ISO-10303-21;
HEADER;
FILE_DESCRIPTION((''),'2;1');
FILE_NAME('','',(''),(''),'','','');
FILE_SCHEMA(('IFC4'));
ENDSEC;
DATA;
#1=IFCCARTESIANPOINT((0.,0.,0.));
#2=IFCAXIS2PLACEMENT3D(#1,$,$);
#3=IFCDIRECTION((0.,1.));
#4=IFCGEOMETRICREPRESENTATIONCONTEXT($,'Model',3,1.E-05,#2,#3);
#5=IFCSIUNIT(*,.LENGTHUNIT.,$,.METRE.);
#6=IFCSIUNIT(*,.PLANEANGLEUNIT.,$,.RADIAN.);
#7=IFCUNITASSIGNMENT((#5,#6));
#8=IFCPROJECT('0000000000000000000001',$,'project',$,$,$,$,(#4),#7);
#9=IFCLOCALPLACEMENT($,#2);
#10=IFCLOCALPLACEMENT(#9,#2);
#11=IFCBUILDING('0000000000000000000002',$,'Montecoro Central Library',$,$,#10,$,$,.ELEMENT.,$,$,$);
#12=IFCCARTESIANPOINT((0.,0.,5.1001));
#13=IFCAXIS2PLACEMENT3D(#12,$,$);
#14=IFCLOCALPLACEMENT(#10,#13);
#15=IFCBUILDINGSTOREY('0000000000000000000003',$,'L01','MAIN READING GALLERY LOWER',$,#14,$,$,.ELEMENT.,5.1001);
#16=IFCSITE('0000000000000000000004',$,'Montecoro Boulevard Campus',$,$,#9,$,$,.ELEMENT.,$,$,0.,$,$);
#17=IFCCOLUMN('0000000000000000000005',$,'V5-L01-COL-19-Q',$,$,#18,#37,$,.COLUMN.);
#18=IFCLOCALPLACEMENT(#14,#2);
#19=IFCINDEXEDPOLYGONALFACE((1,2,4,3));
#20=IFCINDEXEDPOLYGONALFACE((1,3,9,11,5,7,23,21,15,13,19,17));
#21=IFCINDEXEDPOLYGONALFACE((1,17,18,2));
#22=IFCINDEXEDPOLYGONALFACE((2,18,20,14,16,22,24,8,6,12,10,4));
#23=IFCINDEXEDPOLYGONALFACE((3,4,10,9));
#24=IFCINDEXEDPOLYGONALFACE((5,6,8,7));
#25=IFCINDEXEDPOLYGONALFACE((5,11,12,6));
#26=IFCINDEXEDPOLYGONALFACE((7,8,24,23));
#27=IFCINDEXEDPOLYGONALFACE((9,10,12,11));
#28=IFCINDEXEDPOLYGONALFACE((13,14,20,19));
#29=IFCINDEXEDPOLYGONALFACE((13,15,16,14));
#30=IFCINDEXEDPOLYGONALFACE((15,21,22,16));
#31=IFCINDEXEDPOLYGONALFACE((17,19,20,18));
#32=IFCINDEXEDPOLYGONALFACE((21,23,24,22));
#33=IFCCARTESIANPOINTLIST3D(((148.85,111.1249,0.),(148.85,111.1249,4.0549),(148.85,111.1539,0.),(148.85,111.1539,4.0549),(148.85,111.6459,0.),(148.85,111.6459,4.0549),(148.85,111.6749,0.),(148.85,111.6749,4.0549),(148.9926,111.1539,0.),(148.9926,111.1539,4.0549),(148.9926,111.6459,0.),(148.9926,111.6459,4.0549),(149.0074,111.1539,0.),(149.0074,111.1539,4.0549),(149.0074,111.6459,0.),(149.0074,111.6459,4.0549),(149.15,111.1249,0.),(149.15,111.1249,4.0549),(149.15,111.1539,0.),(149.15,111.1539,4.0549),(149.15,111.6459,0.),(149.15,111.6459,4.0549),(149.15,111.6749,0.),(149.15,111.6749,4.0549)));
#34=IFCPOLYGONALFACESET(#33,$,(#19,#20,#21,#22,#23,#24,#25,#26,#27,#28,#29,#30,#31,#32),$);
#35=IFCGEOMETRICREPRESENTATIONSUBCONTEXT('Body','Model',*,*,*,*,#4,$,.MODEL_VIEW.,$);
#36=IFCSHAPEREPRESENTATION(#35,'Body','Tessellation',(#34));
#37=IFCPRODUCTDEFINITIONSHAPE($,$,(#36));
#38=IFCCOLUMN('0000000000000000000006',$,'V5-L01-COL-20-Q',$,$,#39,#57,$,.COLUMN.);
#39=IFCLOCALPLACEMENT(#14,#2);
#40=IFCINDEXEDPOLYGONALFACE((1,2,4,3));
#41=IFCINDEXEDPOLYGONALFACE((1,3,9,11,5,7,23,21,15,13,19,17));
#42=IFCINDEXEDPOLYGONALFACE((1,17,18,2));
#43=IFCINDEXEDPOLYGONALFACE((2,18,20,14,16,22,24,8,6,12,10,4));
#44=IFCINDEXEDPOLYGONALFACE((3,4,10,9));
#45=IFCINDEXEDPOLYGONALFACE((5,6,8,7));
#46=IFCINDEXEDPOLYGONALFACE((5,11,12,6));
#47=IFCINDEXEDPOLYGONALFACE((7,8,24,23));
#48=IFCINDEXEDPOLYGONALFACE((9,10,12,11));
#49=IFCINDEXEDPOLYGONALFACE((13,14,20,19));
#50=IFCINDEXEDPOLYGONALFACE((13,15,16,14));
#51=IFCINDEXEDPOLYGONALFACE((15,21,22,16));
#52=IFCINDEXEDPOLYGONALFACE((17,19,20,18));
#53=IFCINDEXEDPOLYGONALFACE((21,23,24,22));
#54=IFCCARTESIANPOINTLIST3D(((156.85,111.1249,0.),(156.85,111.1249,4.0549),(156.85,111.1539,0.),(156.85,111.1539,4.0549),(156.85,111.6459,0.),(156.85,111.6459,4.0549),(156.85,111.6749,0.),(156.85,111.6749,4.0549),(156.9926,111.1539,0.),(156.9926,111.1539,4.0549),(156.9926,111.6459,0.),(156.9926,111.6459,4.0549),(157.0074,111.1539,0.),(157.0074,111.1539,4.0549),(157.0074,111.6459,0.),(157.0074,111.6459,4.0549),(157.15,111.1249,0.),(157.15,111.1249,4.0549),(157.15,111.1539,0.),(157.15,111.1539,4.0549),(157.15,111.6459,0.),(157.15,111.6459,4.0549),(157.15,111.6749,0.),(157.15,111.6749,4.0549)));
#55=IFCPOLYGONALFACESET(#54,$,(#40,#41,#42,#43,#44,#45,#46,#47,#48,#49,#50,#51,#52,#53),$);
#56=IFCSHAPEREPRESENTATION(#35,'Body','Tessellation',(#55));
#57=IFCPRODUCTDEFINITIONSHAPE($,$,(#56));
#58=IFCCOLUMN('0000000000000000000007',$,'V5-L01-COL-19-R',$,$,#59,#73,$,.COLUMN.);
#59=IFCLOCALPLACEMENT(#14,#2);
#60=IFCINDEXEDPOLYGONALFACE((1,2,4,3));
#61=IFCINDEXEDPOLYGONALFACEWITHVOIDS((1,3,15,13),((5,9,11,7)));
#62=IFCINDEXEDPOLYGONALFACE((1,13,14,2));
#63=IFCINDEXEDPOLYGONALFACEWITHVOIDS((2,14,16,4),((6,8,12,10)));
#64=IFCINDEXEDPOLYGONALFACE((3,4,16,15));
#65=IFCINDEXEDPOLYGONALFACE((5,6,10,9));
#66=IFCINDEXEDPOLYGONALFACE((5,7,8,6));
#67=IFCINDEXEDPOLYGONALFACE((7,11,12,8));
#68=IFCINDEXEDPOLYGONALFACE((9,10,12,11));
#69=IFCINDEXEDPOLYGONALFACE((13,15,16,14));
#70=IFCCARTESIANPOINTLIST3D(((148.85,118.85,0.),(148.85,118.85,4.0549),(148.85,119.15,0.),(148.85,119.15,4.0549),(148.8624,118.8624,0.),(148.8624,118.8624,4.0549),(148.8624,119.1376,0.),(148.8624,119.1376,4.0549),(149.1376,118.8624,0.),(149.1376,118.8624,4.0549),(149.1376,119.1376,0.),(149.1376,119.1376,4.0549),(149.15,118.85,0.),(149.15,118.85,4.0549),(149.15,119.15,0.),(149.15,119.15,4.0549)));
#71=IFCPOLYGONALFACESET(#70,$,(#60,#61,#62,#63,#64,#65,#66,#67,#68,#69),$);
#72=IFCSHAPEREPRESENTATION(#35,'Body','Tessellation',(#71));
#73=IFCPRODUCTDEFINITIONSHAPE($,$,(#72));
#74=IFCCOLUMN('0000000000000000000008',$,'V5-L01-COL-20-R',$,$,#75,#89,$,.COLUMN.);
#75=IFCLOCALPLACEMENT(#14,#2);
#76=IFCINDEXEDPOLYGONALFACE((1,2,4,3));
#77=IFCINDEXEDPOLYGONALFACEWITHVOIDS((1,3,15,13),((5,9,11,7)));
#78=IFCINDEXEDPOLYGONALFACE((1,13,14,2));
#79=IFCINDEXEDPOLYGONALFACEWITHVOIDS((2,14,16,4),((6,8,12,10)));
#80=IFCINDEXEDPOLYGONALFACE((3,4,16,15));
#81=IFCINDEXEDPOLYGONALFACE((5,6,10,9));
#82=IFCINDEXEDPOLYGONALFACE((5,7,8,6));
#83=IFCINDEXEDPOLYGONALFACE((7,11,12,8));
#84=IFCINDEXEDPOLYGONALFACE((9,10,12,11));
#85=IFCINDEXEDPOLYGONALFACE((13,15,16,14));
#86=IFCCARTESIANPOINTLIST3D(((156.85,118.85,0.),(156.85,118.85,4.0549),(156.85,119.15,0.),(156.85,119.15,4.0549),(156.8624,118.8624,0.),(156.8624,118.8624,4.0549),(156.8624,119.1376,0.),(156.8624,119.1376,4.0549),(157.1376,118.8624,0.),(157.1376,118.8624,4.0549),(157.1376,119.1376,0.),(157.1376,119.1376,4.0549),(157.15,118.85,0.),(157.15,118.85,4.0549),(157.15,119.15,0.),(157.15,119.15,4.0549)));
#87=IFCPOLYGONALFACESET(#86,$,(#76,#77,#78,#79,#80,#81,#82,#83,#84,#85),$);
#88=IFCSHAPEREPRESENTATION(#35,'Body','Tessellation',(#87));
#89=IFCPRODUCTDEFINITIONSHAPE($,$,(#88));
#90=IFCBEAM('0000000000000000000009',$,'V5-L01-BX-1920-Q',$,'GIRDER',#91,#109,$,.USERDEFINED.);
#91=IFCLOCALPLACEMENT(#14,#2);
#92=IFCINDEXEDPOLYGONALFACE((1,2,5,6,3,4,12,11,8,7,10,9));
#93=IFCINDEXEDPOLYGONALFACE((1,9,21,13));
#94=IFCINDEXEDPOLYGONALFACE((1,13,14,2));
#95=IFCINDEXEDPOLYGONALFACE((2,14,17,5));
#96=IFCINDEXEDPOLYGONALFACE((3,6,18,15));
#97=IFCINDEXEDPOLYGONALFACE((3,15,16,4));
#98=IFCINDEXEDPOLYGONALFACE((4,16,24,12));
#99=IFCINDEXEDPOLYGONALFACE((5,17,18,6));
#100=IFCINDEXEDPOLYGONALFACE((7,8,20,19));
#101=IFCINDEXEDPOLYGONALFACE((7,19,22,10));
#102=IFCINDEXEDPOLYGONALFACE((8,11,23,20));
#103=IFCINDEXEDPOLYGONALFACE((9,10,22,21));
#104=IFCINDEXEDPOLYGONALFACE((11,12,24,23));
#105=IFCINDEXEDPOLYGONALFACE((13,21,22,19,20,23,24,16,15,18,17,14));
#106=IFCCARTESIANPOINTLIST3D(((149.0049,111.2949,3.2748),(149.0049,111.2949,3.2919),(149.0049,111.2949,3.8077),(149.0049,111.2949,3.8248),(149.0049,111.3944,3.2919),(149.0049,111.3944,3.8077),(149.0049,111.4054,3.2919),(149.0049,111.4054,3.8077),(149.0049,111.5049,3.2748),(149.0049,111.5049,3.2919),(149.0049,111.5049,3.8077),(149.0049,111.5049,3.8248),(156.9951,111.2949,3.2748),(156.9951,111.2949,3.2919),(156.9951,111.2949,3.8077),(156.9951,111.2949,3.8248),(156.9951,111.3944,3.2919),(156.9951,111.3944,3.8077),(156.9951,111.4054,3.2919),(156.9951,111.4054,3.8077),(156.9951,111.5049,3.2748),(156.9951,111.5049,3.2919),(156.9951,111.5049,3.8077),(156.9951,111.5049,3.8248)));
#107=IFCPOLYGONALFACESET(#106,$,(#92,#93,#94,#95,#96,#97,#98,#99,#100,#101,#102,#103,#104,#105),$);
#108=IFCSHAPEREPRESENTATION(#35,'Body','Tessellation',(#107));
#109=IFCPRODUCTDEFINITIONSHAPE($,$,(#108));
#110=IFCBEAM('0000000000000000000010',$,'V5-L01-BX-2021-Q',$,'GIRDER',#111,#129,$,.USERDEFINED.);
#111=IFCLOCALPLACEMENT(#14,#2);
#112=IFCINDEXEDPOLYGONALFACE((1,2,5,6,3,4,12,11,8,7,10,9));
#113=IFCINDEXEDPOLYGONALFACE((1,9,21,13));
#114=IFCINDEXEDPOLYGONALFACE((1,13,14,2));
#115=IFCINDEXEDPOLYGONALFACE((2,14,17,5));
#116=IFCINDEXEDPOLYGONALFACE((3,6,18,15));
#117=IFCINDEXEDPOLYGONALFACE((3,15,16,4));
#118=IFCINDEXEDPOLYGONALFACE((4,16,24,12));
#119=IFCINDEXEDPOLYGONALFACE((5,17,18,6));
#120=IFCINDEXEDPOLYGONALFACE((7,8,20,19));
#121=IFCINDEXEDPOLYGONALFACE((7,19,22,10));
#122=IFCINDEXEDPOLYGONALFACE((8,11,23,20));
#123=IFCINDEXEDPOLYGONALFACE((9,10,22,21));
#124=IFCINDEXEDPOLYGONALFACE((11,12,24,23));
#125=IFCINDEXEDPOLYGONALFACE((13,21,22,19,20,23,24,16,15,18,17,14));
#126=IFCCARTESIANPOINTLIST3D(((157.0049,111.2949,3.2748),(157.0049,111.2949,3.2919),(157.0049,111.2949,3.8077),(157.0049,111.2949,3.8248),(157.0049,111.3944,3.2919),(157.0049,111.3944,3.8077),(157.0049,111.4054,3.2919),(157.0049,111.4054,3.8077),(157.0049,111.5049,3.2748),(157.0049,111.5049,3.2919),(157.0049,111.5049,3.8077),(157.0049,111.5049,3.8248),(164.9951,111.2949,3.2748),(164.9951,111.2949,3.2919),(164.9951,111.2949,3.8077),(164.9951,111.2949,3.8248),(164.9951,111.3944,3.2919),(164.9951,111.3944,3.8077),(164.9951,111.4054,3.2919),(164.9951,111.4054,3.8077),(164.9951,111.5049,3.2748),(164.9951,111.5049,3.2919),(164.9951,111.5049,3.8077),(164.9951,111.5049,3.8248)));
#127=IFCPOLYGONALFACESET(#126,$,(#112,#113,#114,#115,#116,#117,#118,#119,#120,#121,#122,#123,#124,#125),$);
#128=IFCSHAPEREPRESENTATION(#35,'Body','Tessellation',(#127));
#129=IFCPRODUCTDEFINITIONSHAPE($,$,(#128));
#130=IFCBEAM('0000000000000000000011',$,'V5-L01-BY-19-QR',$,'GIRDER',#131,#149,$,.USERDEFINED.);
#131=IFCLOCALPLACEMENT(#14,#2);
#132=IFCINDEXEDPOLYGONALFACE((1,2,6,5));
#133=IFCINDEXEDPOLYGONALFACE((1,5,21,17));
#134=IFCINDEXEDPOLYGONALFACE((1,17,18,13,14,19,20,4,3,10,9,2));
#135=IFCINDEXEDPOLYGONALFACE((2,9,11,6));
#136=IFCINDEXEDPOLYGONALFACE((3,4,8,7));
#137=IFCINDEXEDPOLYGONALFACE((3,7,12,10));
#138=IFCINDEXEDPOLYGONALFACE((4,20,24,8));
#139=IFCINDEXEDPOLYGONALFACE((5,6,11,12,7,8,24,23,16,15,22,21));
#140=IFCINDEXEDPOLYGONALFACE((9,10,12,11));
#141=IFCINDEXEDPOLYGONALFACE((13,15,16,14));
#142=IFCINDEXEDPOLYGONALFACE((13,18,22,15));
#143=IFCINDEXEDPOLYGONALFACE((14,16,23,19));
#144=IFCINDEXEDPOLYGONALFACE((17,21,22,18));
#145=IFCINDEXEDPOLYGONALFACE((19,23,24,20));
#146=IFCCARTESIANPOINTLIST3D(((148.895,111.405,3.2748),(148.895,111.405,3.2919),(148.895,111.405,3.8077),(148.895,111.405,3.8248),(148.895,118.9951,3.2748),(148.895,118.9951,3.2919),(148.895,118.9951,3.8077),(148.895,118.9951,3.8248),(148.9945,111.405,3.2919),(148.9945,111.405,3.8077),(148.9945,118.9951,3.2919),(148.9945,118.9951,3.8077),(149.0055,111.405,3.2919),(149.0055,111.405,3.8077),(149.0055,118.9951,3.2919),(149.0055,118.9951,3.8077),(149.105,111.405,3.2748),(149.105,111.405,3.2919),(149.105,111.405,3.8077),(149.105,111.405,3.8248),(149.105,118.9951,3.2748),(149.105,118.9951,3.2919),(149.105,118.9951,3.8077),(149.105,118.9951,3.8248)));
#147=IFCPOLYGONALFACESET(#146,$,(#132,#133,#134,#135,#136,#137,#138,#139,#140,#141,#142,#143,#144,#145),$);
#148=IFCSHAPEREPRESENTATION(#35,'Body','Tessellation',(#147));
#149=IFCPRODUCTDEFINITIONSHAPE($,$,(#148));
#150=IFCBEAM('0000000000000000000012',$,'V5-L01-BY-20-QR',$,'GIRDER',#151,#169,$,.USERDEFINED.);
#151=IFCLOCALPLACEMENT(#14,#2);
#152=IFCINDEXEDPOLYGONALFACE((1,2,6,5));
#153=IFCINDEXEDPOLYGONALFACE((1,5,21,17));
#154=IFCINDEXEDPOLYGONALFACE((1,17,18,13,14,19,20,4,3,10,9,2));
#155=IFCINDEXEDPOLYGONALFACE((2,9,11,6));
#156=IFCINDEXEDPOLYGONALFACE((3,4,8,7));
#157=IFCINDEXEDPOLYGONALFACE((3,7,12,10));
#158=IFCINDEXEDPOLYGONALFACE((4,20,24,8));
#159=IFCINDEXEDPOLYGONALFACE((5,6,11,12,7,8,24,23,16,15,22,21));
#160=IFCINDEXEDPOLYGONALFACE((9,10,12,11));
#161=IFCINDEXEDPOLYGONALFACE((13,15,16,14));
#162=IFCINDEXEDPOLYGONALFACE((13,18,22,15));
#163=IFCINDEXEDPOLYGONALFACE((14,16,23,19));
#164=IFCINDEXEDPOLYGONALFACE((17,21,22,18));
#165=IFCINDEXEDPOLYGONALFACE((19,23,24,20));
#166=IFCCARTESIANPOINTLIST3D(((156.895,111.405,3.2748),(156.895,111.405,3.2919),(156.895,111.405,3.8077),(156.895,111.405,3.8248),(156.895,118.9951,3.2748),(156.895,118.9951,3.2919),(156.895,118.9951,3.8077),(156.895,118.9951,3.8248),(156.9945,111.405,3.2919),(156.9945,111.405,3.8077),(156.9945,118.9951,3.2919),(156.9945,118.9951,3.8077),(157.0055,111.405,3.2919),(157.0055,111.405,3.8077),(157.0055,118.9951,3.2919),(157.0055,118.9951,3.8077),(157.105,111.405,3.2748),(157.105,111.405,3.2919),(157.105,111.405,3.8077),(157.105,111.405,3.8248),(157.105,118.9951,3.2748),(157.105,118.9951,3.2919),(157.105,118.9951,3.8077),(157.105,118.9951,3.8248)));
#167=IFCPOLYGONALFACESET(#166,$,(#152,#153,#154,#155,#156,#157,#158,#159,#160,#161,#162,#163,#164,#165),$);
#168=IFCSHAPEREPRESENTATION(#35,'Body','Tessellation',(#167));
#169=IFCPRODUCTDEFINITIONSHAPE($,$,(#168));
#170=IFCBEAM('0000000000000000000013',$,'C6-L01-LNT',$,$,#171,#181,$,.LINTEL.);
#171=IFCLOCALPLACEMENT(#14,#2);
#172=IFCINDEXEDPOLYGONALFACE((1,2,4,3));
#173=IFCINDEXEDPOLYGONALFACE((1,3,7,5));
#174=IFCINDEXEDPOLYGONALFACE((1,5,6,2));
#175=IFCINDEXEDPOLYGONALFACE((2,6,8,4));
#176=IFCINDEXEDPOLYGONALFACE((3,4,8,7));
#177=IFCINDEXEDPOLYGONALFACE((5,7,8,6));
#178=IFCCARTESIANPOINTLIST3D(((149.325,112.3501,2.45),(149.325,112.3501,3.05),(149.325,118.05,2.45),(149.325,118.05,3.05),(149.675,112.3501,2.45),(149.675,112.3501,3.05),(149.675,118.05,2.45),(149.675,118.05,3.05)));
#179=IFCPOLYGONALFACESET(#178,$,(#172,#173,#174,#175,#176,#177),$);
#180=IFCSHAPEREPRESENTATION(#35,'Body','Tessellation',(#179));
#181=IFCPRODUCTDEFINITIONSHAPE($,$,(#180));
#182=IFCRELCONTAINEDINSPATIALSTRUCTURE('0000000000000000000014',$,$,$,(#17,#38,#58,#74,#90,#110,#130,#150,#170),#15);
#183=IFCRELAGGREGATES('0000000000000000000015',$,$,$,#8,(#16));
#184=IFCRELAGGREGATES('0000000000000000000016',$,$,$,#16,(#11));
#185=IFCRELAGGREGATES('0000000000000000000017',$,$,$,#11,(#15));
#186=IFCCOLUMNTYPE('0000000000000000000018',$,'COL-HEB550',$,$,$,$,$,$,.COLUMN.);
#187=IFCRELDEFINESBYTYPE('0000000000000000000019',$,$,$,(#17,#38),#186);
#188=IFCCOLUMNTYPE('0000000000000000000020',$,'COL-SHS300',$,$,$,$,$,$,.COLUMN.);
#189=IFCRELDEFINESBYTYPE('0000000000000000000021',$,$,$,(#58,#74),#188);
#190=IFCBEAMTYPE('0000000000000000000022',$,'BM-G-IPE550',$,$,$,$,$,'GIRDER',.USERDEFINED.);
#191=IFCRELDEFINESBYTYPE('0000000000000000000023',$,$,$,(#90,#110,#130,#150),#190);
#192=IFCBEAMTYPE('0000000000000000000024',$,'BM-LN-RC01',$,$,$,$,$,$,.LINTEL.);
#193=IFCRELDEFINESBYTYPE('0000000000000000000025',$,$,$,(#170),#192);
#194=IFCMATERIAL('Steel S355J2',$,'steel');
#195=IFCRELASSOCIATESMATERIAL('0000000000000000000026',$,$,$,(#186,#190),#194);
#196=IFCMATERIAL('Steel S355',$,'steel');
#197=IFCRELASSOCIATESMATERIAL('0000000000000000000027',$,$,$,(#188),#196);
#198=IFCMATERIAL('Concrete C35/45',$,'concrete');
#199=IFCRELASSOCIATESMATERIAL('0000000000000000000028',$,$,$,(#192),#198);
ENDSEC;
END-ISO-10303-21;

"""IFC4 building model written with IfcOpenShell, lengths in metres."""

from ifc_helpers import new_model, si_unit, direction, frame, origin, origin_2d, place, context, subcontext, project, spatial, rectangle, hollow_rectangle, i_section, extrude, material, material_profile, profile_set, type_object, element, save


model = new_model("IFC4")

# Units and contexts
model_context = context("Model", 3, precision=1e-05, world=origin(), true_north=direction((0.0, 1.0)))
body_context = subcontext(model_context, "Body", "Model", "MODEL_VIEW")
ifc_project = project(units=[si_unit("LENGTHUNIT", "METRE"), si_unit("PLANEANGLEUNIT", "RADIAN")], contexts=[model_context])

# Site, building, storey
site_placement = place(None, origin())
site = spatial("IfcSite", under=ifc_project, at=site_placement, Name="Montecoro Boulevard Campus", CompositionType="ELEMENT", RefElevation=0.0)
building_placement = place(site_placement, origin())
building = spatial("IfcBuilding", under=site, at=building_placement, Name="Montecoro Central Library", CompositionType="ELEMENT")
storey_placement = place(building_placement, frame((0.0, 0.0, 5.1001)))
storey = spatial("IfcBuildingStorey", under=building, at=storey_placement, Name="L01", Description="MAIN READING GALLERY LOWER", CompositionType="ELEMENT", Elevation=5.1001)

# Columns
ifc_material_1 = material(Name="Steel S355J2", Category="steel")
ifc_material_profile_1 = material_profile(ifc_material_1, i_section(OverallWidth=0.3, OverallDepth=0.55, WebThickness=0.0149, FlangeThickness=0.0291, at=origin_2d()), Name="HEB 550")
ifc_profile_set_1 = profile_set([ifc_material_profile_1], Name="Steel S355J2")
column_type_1 = type_object("IfcColumnType", Name="COL-HEB550", PredefinedType="COLUMN", material=ifc_profile_set_1)
for number, where, z_axis, x_axis, name in (
    (1, (149.0, 111.3999, 0.0), (0.0, 0.0, 1.0), (1.0, 0.0, 0.0), "V5-L01-COL-19-Q"),
    (2, (157.0, 111.3999, 0.0), (0.0, 0.0, 1.0), (1.0, 0.0, 0.0), "V5-L01-COL-20-Q"),
):
    element("IfcColumn", number, at=place(storey_placement, frame(where, z_axis=z_axis, x_axis=x_axis)), inside=storey, type_object=column_type_1, Name=name, PredefinedType="COLUMN", context=body_context, shape_type="SweptSolid", body=[
        extrude(i_section(OverallWidth=0.3, OverallDepth=0.55, WebThickness=0.0149, FlangeThickness=0.0291, at=origin_2d()), origin(), (0.0, 0.0, 1.0), 4.0549),
    ])
ifc_material_2 = material(Name="Steel S355", Category="steel")
ifc_material_profile_2 = material_profile(ifc_material_2, hollow_rectangle(XDim=0.3, YDim=0.3, WallThickness=0.0125, at=origin_2d()), Name="SHS 300x300x12.5")
ifc_profile_set_2 = profile_set([ifc_material_profile_2], Name="Steel S355")
column_type_2 = type_object("IfcColumnType", Name="COL-SHS300", PredefinedType="COLUMN", material=ifc_profile_set_2)
for number, where, z_axis, x_axis, name in (
    (3, (149.0, 119.0, 0.0), (0.0, 0.0, 1.0), (1.0, 0.0, 0.0), "V5-L01-COL-19-R"),
    (4, (157.0, 119.0, 0.0), (0.0, 0.0, 1.0), (1.0, 0.0, 0.0), "V5-L01-COL-20-R"),
):
    element("IfcColumn", number, at=place(storey_placement, frame(where, z_axis=z_axis, x_axis=x_axis)), inside=storey, type_object=column_type_2, Name=name, PredefinedType="COLUMN", context=body_context, shape_type="SweptSolid", body=[
        extrude(hollow_rectangle(XDim=0.3, YDim=0.3, WallThickness=0.0125, at=origin_2d()), origin(), (0.0, 0.0, 1.0), 4.0549),
    ])

# Beams
ifc_material_profile_3 = material_profile(ifc_material_1, i_section(OverallWidth=0.21, OverallDepth=0.55, WebThickness=0.011, FlangeThickness=0.0171, at=origin_2d()), Name="IPE 550")
ifc_profile_set_3 = profile_set([ifc_material_profile_3], Name="Steel S355J2")
beam_type_1 = type_object("IfcBeamType", Name="BM-G-IPE550", ElementType="GIRDER", PredefinedType="USERDEFINED", material=ifc_profile_set_3)
for number, where, z_axis, x_axis, name in (
    (5, (149.0049, 111.3999, 3.5498), (1.0, 0.0, 0.0), (0.0, 1.0, 0.0), "V5-L01-BX-1920-Q"),
    (6, (157.0049, 111.3999, 3.5498), (1.0, 0.0, 0.0), (0.0, 1.0, 0.0), "V5-L01-BX-2021-Q"),
):
    element("IfcBeam", number, at=place(storey_placement, frame(where, z_axis=z_axis, x_axis=x_axis)), inside=storey, type_object=beam_type_1, Name=name, ObjectType="GIRDER", PredefinedType="USERDEFINED", context=body_context, shape_type="SweptSolid", body=[
        extrude(i_section(OverallWidth=0.21, OverallDepth=0.55, WebThickness=0.011, FlangeThickness=0.0171, at=origin_2d()), origin(), (0.0, 0.0, 1.0), 7.9902),
    ])
for number, where, z_axis, x_axis, name in (
    (7, (149.0, 111.405, 3.5498), (0.0, 1.0, 0.0), (-1.0, 0.0, 0.0), "V5-L01-BY-19-QR"),
    (8, (157.0, 111.405, 3.5498), (0.0, 1.0, 0.0), (-1.0, 0.0, 0.0), "V5-L01-BY-20-QR"),
):
    element("IfcBeam", number, at=place(storey_placement, frame(where, z_axis=z_axis, x_axis=x_axis)), inside=storey, type_object=beam_type_1, Name=name, ObjectType="GIRDER", PredefinedType="USERDEFINED", context=body_context, shape_type="SweptSolid", body=[
        extrude(i_section(OverallWidth=0.21, OverallDepth=0.55, WebThickness=0.011, FlangeThickness=0.0171, at=origin_2d()), origin(), (0.0, 0.0, 1.0), 7.5901),
    ])
ifc_material_3 = material(Name="Concrete C35/45", Category="concrete")
ifc_material_profile_4 = material_profile(ifc_material_3, rectangle(XDim=0.3501, YDim=0.6001, at=origin_2d()), Name="RC LNT 600x350")
ifc_profile_set_4 = profile_set([ifc_material_profile_4], Name="Concrete C35/45")
beam_type_2 = type_object("IfcBeamType", Name="BM-LN-RC01", PredefinedType="LINTEL", material=ifc_profile_set_4)
beam_1_placement = place(storey_placement, frame((149.5, 112.3501, 2.75), z_axis=(0.0, 1.0, 0.0), x_axis=(-1.0, 0.0, 0.0)))
element("IfcBeam", 9, at=beam_1_placement, inside=storey, type_object=beam_type_2, Name="C6-L01-LNT", PredefinedType="LINTEL", context=body_context, shape_type="SweptSolid", body=[
    extrude(rectangle(XDim=0.3501, YDim=0.6001, at=origin_2d()), origin(), (0.0, 0.0, 1.0), 5.7),
])

save(model, "model.ifc")
